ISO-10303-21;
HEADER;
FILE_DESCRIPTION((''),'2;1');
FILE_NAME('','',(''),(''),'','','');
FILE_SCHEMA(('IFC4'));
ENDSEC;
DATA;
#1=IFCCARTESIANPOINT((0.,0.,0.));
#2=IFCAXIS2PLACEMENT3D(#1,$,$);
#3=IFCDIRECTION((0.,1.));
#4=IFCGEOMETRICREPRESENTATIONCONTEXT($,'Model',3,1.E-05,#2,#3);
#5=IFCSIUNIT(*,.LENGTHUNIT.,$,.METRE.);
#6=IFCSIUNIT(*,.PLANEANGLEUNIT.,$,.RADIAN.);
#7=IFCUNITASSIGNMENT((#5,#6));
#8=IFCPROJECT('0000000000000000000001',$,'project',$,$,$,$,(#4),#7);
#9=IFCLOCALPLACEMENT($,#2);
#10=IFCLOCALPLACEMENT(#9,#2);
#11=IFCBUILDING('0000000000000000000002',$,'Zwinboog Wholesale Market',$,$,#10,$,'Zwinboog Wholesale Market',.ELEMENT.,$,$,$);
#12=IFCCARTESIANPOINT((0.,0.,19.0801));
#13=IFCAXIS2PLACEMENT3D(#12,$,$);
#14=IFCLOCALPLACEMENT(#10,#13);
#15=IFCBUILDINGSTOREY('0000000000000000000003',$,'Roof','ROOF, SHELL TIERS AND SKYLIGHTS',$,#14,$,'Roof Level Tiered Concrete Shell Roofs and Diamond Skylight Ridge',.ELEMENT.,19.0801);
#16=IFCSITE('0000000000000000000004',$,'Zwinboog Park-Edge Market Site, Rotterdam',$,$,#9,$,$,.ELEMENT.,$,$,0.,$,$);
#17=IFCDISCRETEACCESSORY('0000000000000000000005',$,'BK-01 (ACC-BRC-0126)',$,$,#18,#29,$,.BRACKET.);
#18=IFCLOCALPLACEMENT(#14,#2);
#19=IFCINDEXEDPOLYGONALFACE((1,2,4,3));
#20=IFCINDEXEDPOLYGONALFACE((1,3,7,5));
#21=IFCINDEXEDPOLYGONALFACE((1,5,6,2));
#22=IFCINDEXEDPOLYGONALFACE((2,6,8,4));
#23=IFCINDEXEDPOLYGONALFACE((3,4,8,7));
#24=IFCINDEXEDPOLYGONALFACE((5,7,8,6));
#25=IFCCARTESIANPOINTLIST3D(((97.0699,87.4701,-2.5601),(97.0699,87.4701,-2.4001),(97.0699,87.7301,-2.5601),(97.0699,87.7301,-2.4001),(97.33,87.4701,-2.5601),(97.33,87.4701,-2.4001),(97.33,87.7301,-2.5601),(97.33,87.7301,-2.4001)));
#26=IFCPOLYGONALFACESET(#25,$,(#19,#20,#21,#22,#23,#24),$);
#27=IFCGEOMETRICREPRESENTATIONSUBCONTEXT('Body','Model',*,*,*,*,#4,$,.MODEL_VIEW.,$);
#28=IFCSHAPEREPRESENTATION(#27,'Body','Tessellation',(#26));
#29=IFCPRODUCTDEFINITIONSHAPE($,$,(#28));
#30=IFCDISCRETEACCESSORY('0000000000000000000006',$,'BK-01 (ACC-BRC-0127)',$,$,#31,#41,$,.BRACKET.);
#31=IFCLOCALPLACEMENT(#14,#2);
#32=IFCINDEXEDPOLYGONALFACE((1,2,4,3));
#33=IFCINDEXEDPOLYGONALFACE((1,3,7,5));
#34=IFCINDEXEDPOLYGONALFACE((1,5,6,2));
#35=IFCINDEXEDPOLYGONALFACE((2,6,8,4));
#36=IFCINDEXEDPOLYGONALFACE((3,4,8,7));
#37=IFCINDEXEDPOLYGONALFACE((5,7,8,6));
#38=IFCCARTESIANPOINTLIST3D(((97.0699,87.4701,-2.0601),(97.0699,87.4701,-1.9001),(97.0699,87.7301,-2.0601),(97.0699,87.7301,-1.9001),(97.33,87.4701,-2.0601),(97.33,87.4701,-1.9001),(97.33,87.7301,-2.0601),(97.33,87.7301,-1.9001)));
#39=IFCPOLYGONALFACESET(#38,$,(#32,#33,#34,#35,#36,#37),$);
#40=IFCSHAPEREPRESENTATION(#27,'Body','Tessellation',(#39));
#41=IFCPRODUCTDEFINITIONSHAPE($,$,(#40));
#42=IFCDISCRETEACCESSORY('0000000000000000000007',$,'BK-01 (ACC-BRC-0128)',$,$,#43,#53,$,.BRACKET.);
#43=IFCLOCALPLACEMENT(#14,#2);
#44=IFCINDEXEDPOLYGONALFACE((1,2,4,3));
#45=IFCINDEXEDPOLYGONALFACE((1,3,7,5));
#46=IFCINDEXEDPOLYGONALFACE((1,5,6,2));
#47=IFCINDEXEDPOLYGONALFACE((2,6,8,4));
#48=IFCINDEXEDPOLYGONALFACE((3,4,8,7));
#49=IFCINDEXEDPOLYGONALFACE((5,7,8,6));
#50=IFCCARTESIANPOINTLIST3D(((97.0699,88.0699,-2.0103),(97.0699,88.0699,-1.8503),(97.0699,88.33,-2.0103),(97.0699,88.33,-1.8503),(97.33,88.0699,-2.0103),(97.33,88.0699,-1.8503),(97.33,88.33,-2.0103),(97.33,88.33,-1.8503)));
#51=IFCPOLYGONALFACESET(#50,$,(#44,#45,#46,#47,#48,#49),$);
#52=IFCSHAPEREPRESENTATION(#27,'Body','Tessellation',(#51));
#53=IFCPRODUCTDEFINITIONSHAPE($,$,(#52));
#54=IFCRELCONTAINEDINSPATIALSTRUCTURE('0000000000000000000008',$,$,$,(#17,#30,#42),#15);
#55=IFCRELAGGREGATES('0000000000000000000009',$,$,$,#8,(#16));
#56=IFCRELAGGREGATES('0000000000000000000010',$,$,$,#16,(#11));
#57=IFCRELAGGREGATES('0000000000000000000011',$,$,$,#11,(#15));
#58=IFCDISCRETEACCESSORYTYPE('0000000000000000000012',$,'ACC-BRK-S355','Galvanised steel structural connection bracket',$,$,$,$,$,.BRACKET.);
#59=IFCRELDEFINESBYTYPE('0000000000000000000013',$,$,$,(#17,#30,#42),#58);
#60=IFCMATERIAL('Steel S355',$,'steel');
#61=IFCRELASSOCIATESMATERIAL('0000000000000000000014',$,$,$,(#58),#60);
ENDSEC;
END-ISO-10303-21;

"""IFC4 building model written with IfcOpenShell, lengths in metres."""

from ifc_helpers import new_model, si_unit, direction, frame, origin, origin_2d, place, context, subcontext, project, spatial, rectangle, extrude, material, type_object, element, save


model = new_model("IFC4")

# Units and contexts
model_context = context("Model", 3, precision=1e-05, world=origin(), true_north=direction((0.0, 1.0)))
body_context = subcontext(model_context, "Body", "Model", "MODEL_VIEW")
ifc_project = project(units=[si_unit("LENGTHUNIT", "METRE"), si_unit("PLANEANGLEUNIT", "RADIAN")], contexts=[model_context])

# Site, building, storey
site_placement = place(None, origin())
site = spatial("IfcSite", under=ifc_project, at=site_placement, Name="Zwinboog Park-Edge Market Site, Rotterdam", CompositionType="ELEMENT", RefElevation=0.0)
building_placement = place(site_placement, origin())
building = spatial("IfcBuilding", under=site, at=building_placement, Name="Zwinboog Wholesale Market", LongName="Zwinboog Wholesale Market", CompositionType="ELEMENT")
storey_placement = place(building_placement, frame((0.0, 0.0, 19.0801)))
storey = spatial("IfcBuildingStorey", under=building, at=storey_placement, Name="Roof", Description="ROOF, SHELL TIERS AND SKYLIGHTS", LongName="Roof Level Tiered Concrete Shell Roofs and Diamond Skylight Ridge", CompositionType="ELEMENT", Elevation=19.0801)

# Shared definitions
ifc_material_1 = material(Name="Steel S355", Category="steel")

# Discrete accessories
discrete_accessory_type = type_object("IfcDiscreteAccessoryType", Name="ACC-BRK-S355", Description="Galvanised steel structural connection bracket", PredefinedType="BRACKET", material=ifc_material_1)
for number, where, z_axis, x_axis, name in (
    (1, (97.2, 87.6001, -2.5601), (0.0, 0.0, 1.0), (1.0, 0.0, 0.0), "BK-01 (ACC-BRC-0126)"),
    (2, (97.2, 87.6001, -2.0601), (0.0, 0.0, 1.0), (1.0, 0.0, 0.0), "BK-01 (ACC-BRC-0127)"),
    (3, (97.2, 88.2, -2.0103), (0.0, 0.0, 1.0), (1.0, 0.0, 0.0), "BK-01 (ACC-BRC-0128)"),
):
    element("IfcDiscreteAccessory", number, at=place(storey_placement, frame(where, z_axis=z_axis, x_axis=x_axis)), inside=storey, type_object=discrete_accessory_type, Name=name, PredefinedType="BRACKET", context=body_context, shape_type="SweptSolid", body=[
        extrude(rectangle(XDim=0.26, YDim=0.26, at=origin_2d()), origin(), (0.0, 0.0, 1.0), 0.1599),
    ])

save(model, "model.ifc")
